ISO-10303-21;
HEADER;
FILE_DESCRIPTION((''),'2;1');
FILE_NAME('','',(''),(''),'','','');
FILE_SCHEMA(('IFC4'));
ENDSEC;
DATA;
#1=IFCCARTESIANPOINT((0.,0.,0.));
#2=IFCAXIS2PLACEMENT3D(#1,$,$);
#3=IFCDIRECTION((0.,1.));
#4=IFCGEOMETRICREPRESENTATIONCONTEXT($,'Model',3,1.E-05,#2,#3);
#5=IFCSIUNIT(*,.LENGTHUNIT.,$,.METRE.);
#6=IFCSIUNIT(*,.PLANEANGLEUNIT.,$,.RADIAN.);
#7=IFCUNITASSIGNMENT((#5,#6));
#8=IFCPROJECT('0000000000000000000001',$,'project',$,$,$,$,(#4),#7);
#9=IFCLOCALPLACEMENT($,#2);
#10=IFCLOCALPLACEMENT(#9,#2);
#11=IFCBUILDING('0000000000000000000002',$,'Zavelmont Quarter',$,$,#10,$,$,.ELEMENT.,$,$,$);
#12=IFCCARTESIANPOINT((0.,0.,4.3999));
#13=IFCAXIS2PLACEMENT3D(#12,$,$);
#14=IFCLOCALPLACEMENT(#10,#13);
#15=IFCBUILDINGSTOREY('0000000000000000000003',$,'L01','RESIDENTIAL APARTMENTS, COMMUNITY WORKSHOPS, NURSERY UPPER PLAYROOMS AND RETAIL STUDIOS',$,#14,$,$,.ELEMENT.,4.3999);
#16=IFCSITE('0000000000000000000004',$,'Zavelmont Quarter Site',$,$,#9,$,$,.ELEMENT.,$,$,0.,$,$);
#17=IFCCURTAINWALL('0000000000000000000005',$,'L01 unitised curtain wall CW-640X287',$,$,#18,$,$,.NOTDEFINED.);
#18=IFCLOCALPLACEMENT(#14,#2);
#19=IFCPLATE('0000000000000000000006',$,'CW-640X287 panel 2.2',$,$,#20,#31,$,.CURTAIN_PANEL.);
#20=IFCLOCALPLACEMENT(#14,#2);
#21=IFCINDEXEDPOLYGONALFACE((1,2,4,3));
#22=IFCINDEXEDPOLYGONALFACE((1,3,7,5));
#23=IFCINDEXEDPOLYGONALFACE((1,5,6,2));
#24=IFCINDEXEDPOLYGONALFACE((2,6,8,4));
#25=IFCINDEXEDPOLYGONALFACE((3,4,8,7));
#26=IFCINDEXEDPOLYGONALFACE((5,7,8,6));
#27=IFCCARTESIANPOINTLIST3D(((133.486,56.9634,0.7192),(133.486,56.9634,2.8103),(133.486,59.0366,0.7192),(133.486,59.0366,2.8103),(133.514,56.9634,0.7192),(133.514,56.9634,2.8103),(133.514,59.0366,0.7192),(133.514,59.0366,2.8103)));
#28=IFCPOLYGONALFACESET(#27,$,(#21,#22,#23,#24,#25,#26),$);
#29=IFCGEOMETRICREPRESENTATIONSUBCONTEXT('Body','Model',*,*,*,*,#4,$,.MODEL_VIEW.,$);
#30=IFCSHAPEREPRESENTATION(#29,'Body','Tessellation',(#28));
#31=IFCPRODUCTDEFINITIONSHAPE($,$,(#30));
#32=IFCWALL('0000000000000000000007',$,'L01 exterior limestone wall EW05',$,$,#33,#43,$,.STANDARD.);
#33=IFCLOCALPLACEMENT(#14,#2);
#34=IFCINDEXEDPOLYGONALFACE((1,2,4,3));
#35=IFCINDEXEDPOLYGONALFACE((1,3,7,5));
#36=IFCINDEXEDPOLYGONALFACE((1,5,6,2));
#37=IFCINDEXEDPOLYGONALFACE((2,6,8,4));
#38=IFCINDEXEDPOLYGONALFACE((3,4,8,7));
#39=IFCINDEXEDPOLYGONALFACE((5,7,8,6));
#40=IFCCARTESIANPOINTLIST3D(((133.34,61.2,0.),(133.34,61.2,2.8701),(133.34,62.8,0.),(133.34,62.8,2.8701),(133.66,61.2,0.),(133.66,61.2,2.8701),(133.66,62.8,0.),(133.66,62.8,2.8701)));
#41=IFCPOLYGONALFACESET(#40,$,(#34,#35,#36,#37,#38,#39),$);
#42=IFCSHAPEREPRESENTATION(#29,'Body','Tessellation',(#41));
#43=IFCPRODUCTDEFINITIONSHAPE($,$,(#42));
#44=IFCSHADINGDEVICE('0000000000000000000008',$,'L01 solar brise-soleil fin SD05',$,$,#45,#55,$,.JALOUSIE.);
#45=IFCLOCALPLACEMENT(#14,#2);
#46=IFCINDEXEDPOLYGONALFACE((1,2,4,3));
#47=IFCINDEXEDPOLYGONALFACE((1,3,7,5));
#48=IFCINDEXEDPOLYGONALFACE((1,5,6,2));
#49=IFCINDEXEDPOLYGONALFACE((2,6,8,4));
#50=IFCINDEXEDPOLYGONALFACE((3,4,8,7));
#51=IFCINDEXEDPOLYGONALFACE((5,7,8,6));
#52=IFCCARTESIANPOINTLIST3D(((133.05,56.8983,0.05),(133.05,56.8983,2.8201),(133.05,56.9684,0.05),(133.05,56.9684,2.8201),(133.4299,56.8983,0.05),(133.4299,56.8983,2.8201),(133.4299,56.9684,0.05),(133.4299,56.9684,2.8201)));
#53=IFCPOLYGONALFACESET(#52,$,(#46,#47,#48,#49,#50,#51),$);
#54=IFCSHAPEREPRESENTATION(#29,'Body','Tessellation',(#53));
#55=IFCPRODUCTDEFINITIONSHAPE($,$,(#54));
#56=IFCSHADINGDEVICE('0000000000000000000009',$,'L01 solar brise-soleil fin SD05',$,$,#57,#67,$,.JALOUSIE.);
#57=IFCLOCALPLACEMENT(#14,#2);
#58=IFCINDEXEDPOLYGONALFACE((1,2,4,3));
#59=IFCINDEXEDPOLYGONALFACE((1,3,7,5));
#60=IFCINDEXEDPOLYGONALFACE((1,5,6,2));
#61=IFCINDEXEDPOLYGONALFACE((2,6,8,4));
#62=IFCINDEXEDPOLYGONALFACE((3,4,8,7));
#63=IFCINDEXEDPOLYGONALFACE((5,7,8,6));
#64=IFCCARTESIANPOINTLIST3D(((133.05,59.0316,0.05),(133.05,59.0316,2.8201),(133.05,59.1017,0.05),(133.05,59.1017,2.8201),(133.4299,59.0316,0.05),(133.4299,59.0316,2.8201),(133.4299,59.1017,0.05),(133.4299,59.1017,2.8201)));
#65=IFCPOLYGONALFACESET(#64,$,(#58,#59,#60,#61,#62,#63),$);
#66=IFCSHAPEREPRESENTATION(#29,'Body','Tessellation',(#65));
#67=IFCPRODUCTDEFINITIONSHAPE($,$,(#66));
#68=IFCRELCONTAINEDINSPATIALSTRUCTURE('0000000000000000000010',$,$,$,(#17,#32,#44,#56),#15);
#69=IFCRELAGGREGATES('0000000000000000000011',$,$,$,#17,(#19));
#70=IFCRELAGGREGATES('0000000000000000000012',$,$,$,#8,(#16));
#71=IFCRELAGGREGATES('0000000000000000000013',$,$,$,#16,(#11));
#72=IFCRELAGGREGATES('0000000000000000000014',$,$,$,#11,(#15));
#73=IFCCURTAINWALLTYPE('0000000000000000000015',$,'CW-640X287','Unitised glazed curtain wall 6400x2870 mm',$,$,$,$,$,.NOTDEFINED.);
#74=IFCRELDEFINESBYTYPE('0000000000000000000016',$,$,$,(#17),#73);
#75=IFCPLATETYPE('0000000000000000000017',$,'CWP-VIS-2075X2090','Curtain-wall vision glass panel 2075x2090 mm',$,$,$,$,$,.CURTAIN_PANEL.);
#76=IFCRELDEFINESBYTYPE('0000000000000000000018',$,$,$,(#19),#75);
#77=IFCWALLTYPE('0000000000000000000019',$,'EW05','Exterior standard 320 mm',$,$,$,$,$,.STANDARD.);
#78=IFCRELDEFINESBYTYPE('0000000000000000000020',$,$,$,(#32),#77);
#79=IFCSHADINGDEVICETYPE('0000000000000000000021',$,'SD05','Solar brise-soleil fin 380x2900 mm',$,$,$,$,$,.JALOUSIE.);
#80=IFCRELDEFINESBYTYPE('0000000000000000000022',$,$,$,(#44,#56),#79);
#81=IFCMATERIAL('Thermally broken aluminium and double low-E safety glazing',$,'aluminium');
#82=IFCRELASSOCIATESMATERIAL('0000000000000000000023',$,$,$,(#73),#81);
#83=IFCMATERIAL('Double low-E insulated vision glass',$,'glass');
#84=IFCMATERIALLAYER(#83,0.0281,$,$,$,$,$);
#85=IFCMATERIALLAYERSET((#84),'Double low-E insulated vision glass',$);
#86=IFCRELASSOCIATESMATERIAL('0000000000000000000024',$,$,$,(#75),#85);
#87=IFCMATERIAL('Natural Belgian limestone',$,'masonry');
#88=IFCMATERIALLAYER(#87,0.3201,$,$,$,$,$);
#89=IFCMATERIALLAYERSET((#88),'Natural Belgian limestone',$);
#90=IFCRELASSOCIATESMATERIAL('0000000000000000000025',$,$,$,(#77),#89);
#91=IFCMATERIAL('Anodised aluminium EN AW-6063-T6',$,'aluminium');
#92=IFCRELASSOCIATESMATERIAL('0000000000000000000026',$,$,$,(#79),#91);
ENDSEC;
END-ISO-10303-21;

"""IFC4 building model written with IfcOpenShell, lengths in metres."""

from ifc_helpers import new_model, si_unit, direction, frame, frame_2d, origin, origin_2d, place, context, subcontext, project, spatial, rectangle, extrude, material, layer, layer_set, type_object, element, aggregate, save


model = new_model("IFC4")

# Units and contexts
model_context = context("Model", 3, precision=1e-05, world=origin(), true_north=direction((0.0, 1.0)))
body_context = subcontext(model_context, "Body", "Model", "MODEL_VIEW")
ifc_project = project(units=[si_unit("LENGTHUNIT", "METRE"), si_unit("PLANEANGLEUNIT", "RADIAN")], contexts=[model_context])

# Site, building, storey
site_placement = place(None, origin())
site = spatial("IfcSite", under=ifc_project, at=site_placement, Name="Zavelmont Quarter Site", CompositionType="ELEMENT", RefElevation=0.0)
building_placement = place(site_placement, origin())
building = spatial("IfcBuilding", under=site, at=building_placement, Name="Zavelmont Quarter", CompositionType="ELEMENT")
storey_placement = place(building_placement, frame((0.0, 0.0, 4.3999)))
storey = spatial("IfcBuildingStorey", under=building, at=storey_placement, Name="L01", Description="RESIDENTIAL APARTMENTS, COMMUNITY WORKSHOPS, NURSERY UPPER PLAYROOMS AND RETAIL STUDIOS", CompositionType="ELEMENT", Elevation=4.3999)

# Curtain wall
ifc_material_1 = material(Name="Thermally broken aluminium and double low-E safety glazing", Category="aluminium")
curtain_wall_type = type_object("IfcCurtainWallType", Name="CW-640X287", Description="Unitised glazed curtain wall 6400x2870 mm", PredefinedType="NOTDEFINED", material=ifc_material_1)
curtain_wall_1_placement = place(storey_placement, origin())
curtain_wall_1 = element("IfcCurtainWall", 1, at=curtain_wall_1_placement, inside=storey, type_object=curtain_wall_type, Name="L01 unitised curtain wall CW-640X287", PredefinedType="NOTDEFINED")

# Plate
ifc_material_2 = material(Name="Double low-E insulated vision glass", Category="glass")
ifc_layer_1 = layer(ifc_material_2, 0.0281)
ifc_layer_set_1 = layer_set([ifc_layer_1], Name="Double low-E insulated vision glass")
plate_type_1 = type_object("IfcPlateType", Name="CWP-VIS-2075X2090", Description="Curtain-wall vision glass panel 2075x2090 mm", PredefinedType="CURTAIN_PANEL", material=ifc_layer_set_1)
plate_1_placement = place(storey_placement, frame((133.5, 58.0, 0.7192), z_axis=(0.0, 0.0, 1.0), x_axis=(0.0, 1.0, 0.0)))
plate_1 = element("IfcPlate", 2, at=plate_1_placement, type_object=plate_type_1, Name="CW-640X287 panel 2.2", PredefinedType="CURTAIN_PANEL", context=body_context, shape_type="SweptSolid", body=[
    extrude(rectangle(XDim=2.0732, YDim=0.0281, at=origin_2d()), origin(), (0.0, 0.0, 1.0), 2.0911),
])
aggregate(curtain_wall_1, [plate_1])

# Wall
ifc_material_3 = material(Name="Natural Belgian limestone", Category="masonry")
ifc_layer_2 = layer(ifc_material_3, 0.3201)
ifc_layer_set_2 = layer_set([ifc_layer_2], Name="Natural Belgian limestone")
wall_type = type_object("IfcWallType", Name="EW05", Description="Exterior standard 320 mm", PredefinedType="STANDARD", material=ifc_layer_set_2)
wall_placement = place(storey_placement, frame((133.5, 61.2, 0.0), z_axis=(0.0, 0.0, 1.0), x_axis=(0.0, 1.0, 0.0)))
element("IfcWall", 3, at=wall_placement, inside=storey, type_object=wall_type, Name="L01 exterior limestone wall EW05", PredefinedType="STANDARD", context=body_context, shape_type="SweptSolid", body=[
    extrude(rectangle(XDim=1.6001, YDim=0.3201, at=frame_2d((0.8, 0.0))), origin(), (0.0, 0.0, 1.0), 2.8701),
])

# Shading devices
ifc_material_4 = material(Name="Anodised aluminium EN AW-6063-T6", Category="aluminium")
shading_device_type = type_object("IfcShadingDeviceType", Name="SD05", Description="Solar brise-soleil fin 380x2900 mm", PredefinedType="JALOUSIE", material=ifc_material_4)
for number, where, z_axis, x_axis, name in (
    (4, (133.24, 56.9333, 0.05), (0.0, 0.0, 1.0), (0.0, 1.0, 0.0), "L01 solar brise-soleil fin SD05"),
    (5, (133.24, 59.0667, 0.05), (0.0, 0.0, 1.0), (0.0, 1.0, 0.0), "L01 solar brise-soleil fin SD05"),
):
    element("IfcShadingDevice", number, at=place(storey_placement, frame(where, z_axis=z_axis, x_axis=x_axis)), inside=storey, type_object=shading_device_type, Name=name, PredefinedType="JALOUSIE", context=body_context, shape_type="SweptSolid", body=[
        extrude(rectangle(XDim=0.0701, YDim=0.3799, at=origin_2d()), origin(), (0.0, 0.0, 1.0), 2.77),
    ])

save(model, "model.ifc")
